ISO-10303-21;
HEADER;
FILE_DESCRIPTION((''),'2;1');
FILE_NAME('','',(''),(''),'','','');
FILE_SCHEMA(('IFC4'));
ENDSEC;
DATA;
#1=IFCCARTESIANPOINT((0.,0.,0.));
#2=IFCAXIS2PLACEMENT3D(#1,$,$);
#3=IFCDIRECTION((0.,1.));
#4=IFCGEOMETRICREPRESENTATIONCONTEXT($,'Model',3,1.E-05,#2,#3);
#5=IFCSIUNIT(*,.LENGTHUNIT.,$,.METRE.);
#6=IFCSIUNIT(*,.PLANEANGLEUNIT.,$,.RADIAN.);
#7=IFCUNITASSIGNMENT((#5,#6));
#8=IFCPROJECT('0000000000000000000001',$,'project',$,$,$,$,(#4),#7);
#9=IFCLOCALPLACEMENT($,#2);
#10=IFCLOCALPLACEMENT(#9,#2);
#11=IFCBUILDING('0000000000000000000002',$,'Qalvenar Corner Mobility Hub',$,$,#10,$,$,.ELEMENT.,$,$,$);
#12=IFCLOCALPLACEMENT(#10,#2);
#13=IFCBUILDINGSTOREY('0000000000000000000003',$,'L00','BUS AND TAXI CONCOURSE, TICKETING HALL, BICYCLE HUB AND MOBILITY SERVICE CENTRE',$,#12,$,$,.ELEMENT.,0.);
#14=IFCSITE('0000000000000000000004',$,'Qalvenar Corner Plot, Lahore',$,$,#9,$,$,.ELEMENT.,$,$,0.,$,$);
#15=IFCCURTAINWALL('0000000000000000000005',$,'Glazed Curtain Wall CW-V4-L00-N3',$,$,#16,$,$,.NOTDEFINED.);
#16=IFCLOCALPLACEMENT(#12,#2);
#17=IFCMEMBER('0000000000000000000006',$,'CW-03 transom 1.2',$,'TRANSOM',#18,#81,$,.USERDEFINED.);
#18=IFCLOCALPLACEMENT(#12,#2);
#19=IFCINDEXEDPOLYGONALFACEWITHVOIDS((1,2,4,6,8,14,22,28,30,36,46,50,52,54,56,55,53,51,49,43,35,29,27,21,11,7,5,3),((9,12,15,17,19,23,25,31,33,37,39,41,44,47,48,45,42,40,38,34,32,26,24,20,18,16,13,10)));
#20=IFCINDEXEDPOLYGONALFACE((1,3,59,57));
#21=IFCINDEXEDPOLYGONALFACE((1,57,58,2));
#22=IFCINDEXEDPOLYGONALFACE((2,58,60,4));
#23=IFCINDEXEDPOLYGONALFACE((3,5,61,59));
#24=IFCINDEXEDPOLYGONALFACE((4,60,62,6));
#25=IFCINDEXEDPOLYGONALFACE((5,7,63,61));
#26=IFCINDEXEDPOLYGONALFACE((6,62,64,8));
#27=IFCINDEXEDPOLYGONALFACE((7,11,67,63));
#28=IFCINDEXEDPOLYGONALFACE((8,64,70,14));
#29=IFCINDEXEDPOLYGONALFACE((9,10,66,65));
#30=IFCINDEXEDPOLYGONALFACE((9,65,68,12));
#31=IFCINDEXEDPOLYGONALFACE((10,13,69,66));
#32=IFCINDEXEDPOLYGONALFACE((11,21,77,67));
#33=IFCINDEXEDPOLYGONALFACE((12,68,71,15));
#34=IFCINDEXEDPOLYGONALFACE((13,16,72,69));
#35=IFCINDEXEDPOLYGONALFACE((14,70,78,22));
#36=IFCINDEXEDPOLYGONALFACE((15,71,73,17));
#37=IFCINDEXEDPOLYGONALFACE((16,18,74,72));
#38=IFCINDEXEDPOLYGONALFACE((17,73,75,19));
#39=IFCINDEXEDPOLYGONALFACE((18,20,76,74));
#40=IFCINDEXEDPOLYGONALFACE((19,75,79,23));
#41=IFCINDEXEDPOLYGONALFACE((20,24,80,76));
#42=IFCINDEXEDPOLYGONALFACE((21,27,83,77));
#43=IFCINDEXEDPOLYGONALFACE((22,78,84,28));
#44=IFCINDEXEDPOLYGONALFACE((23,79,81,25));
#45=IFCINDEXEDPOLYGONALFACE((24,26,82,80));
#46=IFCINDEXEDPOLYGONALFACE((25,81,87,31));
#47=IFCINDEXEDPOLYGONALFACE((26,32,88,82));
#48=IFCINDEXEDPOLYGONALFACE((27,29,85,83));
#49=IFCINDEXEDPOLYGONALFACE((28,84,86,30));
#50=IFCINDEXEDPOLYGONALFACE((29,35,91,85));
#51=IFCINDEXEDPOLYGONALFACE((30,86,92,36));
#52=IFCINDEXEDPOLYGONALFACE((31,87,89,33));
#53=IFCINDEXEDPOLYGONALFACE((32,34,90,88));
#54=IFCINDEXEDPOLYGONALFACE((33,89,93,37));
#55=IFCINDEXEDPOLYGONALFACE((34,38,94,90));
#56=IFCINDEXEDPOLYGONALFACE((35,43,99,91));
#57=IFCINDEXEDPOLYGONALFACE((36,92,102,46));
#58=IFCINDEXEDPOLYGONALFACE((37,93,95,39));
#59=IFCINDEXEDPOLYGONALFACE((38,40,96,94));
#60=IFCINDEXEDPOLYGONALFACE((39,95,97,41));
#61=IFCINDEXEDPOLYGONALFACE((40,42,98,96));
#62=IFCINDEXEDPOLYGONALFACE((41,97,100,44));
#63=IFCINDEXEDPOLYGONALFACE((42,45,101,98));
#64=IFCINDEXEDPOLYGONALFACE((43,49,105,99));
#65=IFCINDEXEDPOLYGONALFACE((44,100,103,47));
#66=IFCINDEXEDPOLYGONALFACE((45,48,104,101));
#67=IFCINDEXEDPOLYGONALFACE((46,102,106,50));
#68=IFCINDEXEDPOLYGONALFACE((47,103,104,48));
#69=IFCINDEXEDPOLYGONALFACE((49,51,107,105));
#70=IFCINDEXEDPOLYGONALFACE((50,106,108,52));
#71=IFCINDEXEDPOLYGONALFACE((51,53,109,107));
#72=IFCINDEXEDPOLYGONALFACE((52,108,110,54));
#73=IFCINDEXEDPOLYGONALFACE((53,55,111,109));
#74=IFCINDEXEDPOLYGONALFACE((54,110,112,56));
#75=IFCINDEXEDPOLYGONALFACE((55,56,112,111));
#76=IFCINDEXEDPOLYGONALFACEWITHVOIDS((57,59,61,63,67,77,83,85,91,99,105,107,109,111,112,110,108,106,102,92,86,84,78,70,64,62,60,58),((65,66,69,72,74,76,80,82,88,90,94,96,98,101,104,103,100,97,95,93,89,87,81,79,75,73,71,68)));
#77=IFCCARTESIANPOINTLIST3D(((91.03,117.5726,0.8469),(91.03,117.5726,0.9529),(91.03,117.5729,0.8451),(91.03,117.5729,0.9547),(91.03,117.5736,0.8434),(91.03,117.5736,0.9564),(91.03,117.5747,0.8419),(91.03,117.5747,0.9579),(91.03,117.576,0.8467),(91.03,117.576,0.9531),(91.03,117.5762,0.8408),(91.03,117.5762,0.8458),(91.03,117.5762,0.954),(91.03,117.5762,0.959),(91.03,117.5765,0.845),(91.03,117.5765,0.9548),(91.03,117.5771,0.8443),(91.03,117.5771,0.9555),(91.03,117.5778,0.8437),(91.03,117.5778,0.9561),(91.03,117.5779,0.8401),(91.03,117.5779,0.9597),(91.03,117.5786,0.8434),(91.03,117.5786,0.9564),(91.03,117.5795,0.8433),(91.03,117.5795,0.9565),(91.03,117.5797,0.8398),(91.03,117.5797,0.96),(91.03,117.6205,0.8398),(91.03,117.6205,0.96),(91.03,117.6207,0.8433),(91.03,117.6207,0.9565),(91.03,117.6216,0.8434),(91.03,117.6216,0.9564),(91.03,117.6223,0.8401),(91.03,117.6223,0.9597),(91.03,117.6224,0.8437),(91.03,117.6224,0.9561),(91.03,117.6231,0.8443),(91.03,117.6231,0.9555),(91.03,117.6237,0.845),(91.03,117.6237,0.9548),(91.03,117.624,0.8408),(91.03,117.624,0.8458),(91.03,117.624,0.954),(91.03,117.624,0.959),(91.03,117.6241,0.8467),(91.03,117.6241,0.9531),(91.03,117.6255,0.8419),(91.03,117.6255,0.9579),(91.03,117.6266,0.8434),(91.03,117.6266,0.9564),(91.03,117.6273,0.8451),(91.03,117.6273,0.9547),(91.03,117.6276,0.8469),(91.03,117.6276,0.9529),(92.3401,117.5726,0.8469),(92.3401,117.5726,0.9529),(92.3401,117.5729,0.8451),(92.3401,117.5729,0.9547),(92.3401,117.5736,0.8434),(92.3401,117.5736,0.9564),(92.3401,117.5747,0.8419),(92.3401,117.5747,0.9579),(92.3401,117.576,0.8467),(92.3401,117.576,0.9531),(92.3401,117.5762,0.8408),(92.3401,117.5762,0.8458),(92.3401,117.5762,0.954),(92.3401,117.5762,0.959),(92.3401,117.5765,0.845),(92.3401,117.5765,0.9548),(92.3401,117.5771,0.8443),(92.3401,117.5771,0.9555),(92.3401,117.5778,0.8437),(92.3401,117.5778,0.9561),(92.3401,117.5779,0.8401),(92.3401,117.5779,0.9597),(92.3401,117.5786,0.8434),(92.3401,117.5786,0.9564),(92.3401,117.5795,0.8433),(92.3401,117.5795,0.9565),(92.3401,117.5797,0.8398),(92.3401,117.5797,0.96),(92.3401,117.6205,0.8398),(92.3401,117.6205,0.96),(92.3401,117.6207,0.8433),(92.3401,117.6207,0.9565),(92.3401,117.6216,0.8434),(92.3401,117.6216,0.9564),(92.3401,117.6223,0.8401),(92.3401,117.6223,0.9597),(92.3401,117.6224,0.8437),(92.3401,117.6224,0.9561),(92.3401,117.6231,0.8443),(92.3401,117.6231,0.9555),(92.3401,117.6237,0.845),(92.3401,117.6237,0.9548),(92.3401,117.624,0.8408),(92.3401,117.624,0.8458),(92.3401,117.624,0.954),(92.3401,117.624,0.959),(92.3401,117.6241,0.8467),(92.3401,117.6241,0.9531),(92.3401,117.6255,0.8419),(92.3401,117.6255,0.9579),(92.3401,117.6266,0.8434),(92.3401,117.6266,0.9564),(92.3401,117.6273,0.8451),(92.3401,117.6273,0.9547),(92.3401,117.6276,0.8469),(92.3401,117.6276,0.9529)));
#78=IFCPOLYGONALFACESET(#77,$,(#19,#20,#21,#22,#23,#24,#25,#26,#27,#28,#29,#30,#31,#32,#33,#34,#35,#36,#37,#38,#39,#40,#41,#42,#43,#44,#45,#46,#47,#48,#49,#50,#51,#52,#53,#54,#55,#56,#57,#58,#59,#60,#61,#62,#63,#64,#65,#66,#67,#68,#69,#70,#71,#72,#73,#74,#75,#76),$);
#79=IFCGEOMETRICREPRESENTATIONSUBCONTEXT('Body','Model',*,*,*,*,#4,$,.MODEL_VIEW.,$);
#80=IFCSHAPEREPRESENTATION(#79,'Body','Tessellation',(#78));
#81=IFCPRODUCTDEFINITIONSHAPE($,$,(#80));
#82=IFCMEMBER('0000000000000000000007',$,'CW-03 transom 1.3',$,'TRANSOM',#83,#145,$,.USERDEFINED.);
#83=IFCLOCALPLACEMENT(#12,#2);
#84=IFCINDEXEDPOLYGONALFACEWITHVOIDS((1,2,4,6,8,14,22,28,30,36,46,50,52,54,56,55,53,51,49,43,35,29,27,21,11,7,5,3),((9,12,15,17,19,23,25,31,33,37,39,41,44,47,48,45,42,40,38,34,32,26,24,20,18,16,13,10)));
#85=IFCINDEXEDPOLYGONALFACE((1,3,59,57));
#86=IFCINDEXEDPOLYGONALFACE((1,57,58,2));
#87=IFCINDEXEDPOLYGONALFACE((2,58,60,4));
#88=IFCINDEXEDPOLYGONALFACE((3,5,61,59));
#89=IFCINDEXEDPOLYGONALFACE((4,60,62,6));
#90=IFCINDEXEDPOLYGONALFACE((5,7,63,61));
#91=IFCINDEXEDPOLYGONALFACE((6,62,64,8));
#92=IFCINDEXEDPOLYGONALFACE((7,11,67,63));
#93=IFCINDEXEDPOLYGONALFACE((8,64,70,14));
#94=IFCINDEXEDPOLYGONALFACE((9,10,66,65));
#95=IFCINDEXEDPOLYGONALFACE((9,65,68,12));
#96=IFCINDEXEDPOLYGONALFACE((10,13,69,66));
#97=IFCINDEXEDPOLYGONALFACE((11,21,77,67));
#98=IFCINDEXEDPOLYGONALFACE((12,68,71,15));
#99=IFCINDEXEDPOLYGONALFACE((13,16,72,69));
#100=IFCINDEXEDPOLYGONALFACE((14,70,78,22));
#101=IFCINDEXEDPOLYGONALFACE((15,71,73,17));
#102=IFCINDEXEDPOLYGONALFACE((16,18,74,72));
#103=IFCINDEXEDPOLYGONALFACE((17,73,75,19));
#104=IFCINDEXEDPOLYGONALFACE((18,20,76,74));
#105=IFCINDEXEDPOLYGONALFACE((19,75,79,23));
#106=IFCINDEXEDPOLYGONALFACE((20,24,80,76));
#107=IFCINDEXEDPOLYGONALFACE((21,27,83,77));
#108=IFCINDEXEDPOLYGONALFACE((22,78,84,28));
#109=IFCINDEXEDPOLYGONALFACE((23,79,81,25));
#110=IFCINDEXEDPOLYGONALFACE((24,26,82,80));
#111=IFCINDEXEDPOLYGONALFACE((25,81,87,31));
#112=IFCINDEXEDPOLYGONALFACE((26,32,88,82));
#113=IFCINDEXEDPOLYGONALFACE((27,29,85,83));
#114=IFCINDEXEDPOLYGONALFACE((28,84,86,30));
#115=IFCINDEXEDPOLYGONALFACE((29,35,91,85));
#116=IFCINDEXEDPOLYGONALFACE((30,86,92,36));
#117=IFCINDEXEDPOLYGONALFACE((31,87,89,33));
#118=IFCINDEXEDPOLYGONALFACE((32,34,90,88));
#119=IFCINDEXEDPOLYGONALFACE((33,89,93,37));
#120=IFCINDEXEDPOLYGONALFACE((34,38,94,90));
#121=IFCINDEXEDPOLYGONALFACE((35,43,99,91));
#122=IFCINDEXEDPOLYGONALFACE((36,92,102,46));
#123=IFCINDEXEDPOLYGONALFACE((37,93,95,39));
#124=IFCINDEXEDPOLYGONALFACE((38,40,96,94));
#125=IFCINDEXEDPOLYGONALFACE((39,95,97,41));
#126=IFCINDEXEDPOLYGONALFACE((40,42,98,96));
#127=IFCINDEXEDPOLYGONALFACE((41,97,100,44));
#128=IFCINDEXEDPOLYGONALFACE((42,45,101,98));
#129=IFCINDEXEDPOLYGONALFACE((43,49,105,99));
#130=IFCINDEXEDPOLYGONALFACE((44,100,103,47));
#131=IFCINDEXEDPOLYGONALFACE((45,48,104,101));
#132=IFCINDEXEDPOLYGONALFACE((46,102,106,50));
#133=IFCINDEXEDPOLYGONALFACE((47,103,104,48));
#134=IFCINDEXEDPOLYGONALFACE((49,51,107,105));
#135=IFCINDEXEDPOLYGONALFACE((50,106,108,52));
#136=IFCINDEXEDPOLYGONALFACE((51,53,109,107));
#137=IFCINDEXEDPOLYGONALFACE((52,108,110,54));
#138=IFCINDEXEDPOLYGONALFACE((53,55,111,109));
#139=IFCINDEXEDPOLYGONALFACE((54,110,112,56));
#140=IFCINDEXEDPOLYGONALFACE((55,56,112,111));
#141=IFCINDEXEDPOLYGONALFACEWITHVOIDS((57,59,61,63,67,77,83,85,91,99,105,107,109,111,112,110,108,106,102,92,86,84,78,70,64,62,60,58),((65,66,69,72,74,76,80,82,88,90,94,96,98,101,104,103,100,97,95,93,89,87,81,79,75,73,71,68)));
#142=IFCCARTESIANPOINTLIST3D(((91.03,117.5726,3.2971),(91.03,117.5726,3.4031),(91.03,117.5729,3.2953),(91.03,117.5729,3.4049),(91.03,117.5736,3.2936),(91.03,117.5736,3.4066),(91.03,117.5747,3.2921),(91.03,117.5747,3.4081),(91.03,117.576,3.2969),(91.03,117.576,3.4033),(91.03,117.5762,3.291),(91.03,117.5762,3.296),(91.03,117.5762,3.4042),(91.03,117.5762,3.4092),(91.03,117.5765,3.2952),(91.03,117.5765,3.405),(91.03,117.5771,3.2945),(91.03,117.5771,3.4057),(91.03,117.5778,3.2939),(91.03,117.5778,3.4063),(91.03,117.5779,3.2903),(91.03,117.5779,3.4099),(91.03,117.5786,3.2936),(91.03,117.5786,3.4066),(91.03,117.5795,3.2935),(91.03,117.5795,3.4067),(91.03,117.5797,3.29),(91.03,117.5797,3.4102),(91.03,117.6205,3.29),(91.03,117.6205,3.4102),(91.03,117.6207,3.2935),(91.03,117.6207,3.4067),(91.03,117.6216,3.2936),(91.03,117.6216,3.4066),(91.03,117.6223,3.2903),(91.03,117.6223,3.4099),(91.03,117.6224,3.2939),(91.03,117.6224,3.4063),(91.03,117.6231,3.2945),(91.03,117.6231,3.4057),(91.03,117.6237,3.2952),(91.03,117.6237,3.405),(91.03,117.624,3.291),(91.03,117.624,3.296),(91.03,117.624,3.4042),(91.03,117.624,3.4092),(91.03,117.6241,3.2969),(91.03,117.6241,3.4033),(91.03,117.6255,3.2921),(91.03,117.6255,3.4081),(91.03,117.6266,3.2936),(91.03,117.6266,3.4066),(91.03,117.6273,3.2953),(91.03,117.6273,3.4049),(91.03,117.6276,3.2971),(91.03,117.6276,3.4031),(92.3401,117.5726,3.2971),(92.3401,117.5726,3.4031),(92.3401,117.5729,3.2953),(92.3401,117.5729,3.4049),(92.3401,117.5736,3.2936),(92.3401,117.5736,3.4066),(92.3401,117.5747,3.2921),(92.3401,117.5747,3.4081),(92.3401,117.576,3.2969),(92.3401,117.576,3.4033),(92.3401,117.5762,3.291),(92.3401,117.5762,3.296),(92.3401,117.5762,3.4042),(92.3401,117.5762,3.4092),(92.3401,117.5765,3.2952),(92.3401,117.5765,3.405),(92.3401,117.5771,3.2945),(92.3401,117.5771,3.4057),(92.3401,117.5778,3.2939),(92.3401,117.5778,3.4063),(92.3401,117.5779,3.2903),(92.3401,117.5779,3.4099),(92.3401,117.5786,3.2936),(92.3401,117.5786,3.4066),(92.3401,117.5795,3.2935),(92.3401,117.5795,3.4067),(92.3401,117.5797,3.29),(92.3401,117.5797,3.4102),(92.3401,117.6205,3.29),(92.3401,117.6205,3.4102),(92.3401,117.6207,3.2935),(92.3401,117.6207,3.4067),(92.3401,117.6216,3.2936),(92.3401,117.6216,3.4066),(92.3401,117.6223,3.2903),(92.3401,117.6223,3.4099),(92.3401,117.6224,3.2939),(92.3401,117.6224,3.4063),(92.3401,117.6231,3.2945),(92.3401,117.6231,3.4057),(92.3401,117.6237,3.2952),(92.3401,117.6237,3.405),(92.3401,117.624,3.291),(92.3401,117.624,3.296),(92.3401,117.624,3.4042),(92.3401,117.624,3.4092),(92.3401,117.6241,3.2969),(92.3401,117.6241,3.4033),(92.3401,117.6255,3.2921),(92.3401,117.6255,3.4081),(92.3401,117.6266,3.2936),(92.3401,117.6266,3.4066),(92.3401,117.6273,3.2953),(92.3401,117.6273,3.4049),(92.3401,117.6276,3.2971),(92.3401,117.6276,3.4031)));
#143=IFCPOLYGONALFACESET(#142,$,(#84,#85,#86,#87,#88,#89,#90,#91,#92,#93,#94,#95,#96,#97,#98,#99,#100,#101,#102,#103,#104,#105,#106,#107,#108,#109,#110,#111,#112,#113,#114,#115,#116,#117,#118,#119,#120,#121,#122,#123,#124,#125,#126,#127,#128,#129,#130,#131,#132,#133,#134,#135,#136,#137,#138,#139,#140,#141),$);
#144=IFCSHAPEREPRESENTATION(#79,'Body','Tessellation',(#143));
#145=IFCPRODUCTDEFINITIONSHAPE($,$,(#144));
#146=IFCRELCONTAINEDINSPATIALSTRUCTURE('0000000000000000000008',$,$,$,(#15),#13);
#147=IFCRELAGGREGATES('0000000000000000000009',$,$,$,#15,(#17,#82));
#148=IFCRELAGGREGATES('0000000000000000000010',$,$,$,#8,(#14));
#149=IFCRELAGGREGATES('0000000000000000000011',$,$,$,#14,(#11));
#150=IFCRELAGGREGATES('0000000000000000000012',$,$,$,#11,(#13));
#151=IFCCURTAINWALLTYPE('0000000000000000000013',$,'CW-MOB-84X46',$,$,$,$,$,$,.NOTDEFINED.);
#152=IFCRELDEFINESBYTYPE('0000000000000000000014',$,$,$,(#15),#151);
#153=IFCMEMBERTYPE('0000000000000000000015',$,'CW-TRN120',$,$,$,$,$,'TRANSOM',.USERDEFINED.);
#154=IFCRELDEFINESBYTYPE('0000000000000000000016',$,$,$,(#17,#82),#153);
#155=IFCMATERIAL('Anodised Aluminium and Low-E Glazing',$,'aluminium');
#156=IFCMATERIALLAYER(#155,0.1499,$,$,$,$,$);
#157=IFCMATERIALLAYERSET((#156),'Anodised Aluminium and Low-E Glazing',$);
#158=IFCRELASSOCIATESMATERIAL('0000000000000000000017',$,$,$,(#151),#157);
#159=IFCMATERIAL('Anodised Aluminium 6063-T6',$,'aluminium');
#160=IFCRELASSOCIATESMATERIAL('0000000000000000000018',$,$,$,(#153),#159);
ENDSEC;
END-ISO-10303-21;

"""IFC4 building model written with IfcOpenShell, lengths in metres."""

from ifc_helpers import new_model, si_unit, direction, frame, origin, origin_2d, place, context, subcontext, project, spatial, hollow_rectangle, extrude, material, layer, layer_set, material_profile, profile_set, type_object, element, aggregate, save


model = new_model("IFC4")

# Units and contexts
model_context = context("Model", 3, precision=1e-05, world=origin(), true_north=direction((0.0, 1.0)))
body_context = subcontext(model_context, "Body", "Model", "MODEL_VIEW")
ifc_project = project(units=[si_unit("LENGTHUNIT", "METRE"), si_unit("PLANEANGLEUNIT", "RADIAN")], contexts=[model_context])

# Site, building, storey
site_placement = place(None, origin())
site = spatial("IfcSite", under=ifc_project, at=site_placement, Name="Qalvenar Corner Plot, Lahore", CompositionType="ELEMENT", RefElevation=0.0)
building_placement = place(site_placement, origin())
building = spatial("IfcBuilding", under=site, at=building_placement, Name="Qalvenar Corner Mobility Hub", CompositionType="ELEMENT")
storey_placement = place(building_placement, origin())
storey = spatial("IfcBuildingStorey", under=building, at=storey_placement, Name="L00", Description="BUS AND TAXI CONCOURSE, TICKETING HALL, BICYCLE HUB AND MOBILITY SERVICE CENTRE", CompositionType="ELEMENT", Elevation=0.0)

# Curtain wall
ifc_material_1 = material(Name="Anodised Aluminium and Low-E Glazing", Category="aluminium")
ifc_layer_1 = layer(ifc_material_1, 0.1499)
ifc_layer_set_1 = layer_set([ifc_layer_1], Name="Anodised Aluminium and Low-E Glazing")
curtain_wall_type = type_object("IfcCurtainWallType", Name="CW-MOB-84X46", PredefinedType="NOTDEFINED", material=ifc_layer_set_1)
curtain_wall_1_placement = place(storey_placement, origin())
curtain_wall_1 = element("IfcCurtainWall", 1, at=curtain_wall_1_placement, inside=storey, type_object=curtain_wall_type, Name="Glazed Curtain Wall CW-V4-L00-N3", PredefinedType="NOTDEFINED")
ifc_material_2 = material(Name="Anodised Aluminium 6063-T6", Category="aluminium")

# Members
ifc_material_profile_1 = material_profile(ifc_material_2, hollow_rectangle(XDim=0.0549, YDim=0.1201, WallThickness=0.0034, InnerFilletRadius=0.0034, OuterFilletRadius=0.0071, at=origin_2d()), Name="RHS120x55x3.5")
ifc_profile_set_1 = profile_set([ifc_material_profile_1], Name="Anodised Aluminium 6063-T6")
member_type_1 = type_object("IfcMemberType", Name="CW-TRN120", ElementType="TRANSOM", PredefinedType="USERDEFINED", material=ifc_profile_set_1)
member_1_placement = place(storey_placement, frame((92.3401, 117.6001, 0.8999), z_axis=(-1.0, 0.0, 0.0), x_axis=(0.0, -1.0, 0.0)))
member_1 = element("IfcMember", 2, at=member_1_placement, type_object=member_type_1, Name="CW-03 transom 1.2", ObjectType="TRANSOM", PredefinedType="USERDEFINED", context=body_context, shape_type="SweptSolid", body=[
    extrude(hollow_rectangle(XDim=0.0549, YDim=0.1201, WallThickness=0.0034, InnerFilletRadius=0.0034, OuterFilletRadius=0.0071, at=origin_2d()), origin(), (0.0, 0.0, 1.0), 1.3101),
])
member_2_placement = place(storey_placement, frame((92.3401, 117.6001, 3.3501), z_axis=(-1.0, 0.0, 0.0), x_axis=(0.0, -1.0, 0.0)))
member_2 = element("IfcMember", 3, at=member_2_placement, type_object=member_type_1, Name="CW-03 transom 1.3", ObjectType="TRANSOM", PredefinedType="USERDEFINED", context=body_context, shape_type="SweptSolid", body=[
    extrude(hollow_rectangle(XDim=0.0549, YDim=0.1201, WallThickness=0.0034, InnerFilletRadius=0.0034, OuterFilletRadius=0.0071, at=origin_2d()), origin(), (0.0, 0.0, 1.0), 1.3101),
])

aggregate(curtain_wall_1, [member_1, member_2])

save(model, "model.ifc")
